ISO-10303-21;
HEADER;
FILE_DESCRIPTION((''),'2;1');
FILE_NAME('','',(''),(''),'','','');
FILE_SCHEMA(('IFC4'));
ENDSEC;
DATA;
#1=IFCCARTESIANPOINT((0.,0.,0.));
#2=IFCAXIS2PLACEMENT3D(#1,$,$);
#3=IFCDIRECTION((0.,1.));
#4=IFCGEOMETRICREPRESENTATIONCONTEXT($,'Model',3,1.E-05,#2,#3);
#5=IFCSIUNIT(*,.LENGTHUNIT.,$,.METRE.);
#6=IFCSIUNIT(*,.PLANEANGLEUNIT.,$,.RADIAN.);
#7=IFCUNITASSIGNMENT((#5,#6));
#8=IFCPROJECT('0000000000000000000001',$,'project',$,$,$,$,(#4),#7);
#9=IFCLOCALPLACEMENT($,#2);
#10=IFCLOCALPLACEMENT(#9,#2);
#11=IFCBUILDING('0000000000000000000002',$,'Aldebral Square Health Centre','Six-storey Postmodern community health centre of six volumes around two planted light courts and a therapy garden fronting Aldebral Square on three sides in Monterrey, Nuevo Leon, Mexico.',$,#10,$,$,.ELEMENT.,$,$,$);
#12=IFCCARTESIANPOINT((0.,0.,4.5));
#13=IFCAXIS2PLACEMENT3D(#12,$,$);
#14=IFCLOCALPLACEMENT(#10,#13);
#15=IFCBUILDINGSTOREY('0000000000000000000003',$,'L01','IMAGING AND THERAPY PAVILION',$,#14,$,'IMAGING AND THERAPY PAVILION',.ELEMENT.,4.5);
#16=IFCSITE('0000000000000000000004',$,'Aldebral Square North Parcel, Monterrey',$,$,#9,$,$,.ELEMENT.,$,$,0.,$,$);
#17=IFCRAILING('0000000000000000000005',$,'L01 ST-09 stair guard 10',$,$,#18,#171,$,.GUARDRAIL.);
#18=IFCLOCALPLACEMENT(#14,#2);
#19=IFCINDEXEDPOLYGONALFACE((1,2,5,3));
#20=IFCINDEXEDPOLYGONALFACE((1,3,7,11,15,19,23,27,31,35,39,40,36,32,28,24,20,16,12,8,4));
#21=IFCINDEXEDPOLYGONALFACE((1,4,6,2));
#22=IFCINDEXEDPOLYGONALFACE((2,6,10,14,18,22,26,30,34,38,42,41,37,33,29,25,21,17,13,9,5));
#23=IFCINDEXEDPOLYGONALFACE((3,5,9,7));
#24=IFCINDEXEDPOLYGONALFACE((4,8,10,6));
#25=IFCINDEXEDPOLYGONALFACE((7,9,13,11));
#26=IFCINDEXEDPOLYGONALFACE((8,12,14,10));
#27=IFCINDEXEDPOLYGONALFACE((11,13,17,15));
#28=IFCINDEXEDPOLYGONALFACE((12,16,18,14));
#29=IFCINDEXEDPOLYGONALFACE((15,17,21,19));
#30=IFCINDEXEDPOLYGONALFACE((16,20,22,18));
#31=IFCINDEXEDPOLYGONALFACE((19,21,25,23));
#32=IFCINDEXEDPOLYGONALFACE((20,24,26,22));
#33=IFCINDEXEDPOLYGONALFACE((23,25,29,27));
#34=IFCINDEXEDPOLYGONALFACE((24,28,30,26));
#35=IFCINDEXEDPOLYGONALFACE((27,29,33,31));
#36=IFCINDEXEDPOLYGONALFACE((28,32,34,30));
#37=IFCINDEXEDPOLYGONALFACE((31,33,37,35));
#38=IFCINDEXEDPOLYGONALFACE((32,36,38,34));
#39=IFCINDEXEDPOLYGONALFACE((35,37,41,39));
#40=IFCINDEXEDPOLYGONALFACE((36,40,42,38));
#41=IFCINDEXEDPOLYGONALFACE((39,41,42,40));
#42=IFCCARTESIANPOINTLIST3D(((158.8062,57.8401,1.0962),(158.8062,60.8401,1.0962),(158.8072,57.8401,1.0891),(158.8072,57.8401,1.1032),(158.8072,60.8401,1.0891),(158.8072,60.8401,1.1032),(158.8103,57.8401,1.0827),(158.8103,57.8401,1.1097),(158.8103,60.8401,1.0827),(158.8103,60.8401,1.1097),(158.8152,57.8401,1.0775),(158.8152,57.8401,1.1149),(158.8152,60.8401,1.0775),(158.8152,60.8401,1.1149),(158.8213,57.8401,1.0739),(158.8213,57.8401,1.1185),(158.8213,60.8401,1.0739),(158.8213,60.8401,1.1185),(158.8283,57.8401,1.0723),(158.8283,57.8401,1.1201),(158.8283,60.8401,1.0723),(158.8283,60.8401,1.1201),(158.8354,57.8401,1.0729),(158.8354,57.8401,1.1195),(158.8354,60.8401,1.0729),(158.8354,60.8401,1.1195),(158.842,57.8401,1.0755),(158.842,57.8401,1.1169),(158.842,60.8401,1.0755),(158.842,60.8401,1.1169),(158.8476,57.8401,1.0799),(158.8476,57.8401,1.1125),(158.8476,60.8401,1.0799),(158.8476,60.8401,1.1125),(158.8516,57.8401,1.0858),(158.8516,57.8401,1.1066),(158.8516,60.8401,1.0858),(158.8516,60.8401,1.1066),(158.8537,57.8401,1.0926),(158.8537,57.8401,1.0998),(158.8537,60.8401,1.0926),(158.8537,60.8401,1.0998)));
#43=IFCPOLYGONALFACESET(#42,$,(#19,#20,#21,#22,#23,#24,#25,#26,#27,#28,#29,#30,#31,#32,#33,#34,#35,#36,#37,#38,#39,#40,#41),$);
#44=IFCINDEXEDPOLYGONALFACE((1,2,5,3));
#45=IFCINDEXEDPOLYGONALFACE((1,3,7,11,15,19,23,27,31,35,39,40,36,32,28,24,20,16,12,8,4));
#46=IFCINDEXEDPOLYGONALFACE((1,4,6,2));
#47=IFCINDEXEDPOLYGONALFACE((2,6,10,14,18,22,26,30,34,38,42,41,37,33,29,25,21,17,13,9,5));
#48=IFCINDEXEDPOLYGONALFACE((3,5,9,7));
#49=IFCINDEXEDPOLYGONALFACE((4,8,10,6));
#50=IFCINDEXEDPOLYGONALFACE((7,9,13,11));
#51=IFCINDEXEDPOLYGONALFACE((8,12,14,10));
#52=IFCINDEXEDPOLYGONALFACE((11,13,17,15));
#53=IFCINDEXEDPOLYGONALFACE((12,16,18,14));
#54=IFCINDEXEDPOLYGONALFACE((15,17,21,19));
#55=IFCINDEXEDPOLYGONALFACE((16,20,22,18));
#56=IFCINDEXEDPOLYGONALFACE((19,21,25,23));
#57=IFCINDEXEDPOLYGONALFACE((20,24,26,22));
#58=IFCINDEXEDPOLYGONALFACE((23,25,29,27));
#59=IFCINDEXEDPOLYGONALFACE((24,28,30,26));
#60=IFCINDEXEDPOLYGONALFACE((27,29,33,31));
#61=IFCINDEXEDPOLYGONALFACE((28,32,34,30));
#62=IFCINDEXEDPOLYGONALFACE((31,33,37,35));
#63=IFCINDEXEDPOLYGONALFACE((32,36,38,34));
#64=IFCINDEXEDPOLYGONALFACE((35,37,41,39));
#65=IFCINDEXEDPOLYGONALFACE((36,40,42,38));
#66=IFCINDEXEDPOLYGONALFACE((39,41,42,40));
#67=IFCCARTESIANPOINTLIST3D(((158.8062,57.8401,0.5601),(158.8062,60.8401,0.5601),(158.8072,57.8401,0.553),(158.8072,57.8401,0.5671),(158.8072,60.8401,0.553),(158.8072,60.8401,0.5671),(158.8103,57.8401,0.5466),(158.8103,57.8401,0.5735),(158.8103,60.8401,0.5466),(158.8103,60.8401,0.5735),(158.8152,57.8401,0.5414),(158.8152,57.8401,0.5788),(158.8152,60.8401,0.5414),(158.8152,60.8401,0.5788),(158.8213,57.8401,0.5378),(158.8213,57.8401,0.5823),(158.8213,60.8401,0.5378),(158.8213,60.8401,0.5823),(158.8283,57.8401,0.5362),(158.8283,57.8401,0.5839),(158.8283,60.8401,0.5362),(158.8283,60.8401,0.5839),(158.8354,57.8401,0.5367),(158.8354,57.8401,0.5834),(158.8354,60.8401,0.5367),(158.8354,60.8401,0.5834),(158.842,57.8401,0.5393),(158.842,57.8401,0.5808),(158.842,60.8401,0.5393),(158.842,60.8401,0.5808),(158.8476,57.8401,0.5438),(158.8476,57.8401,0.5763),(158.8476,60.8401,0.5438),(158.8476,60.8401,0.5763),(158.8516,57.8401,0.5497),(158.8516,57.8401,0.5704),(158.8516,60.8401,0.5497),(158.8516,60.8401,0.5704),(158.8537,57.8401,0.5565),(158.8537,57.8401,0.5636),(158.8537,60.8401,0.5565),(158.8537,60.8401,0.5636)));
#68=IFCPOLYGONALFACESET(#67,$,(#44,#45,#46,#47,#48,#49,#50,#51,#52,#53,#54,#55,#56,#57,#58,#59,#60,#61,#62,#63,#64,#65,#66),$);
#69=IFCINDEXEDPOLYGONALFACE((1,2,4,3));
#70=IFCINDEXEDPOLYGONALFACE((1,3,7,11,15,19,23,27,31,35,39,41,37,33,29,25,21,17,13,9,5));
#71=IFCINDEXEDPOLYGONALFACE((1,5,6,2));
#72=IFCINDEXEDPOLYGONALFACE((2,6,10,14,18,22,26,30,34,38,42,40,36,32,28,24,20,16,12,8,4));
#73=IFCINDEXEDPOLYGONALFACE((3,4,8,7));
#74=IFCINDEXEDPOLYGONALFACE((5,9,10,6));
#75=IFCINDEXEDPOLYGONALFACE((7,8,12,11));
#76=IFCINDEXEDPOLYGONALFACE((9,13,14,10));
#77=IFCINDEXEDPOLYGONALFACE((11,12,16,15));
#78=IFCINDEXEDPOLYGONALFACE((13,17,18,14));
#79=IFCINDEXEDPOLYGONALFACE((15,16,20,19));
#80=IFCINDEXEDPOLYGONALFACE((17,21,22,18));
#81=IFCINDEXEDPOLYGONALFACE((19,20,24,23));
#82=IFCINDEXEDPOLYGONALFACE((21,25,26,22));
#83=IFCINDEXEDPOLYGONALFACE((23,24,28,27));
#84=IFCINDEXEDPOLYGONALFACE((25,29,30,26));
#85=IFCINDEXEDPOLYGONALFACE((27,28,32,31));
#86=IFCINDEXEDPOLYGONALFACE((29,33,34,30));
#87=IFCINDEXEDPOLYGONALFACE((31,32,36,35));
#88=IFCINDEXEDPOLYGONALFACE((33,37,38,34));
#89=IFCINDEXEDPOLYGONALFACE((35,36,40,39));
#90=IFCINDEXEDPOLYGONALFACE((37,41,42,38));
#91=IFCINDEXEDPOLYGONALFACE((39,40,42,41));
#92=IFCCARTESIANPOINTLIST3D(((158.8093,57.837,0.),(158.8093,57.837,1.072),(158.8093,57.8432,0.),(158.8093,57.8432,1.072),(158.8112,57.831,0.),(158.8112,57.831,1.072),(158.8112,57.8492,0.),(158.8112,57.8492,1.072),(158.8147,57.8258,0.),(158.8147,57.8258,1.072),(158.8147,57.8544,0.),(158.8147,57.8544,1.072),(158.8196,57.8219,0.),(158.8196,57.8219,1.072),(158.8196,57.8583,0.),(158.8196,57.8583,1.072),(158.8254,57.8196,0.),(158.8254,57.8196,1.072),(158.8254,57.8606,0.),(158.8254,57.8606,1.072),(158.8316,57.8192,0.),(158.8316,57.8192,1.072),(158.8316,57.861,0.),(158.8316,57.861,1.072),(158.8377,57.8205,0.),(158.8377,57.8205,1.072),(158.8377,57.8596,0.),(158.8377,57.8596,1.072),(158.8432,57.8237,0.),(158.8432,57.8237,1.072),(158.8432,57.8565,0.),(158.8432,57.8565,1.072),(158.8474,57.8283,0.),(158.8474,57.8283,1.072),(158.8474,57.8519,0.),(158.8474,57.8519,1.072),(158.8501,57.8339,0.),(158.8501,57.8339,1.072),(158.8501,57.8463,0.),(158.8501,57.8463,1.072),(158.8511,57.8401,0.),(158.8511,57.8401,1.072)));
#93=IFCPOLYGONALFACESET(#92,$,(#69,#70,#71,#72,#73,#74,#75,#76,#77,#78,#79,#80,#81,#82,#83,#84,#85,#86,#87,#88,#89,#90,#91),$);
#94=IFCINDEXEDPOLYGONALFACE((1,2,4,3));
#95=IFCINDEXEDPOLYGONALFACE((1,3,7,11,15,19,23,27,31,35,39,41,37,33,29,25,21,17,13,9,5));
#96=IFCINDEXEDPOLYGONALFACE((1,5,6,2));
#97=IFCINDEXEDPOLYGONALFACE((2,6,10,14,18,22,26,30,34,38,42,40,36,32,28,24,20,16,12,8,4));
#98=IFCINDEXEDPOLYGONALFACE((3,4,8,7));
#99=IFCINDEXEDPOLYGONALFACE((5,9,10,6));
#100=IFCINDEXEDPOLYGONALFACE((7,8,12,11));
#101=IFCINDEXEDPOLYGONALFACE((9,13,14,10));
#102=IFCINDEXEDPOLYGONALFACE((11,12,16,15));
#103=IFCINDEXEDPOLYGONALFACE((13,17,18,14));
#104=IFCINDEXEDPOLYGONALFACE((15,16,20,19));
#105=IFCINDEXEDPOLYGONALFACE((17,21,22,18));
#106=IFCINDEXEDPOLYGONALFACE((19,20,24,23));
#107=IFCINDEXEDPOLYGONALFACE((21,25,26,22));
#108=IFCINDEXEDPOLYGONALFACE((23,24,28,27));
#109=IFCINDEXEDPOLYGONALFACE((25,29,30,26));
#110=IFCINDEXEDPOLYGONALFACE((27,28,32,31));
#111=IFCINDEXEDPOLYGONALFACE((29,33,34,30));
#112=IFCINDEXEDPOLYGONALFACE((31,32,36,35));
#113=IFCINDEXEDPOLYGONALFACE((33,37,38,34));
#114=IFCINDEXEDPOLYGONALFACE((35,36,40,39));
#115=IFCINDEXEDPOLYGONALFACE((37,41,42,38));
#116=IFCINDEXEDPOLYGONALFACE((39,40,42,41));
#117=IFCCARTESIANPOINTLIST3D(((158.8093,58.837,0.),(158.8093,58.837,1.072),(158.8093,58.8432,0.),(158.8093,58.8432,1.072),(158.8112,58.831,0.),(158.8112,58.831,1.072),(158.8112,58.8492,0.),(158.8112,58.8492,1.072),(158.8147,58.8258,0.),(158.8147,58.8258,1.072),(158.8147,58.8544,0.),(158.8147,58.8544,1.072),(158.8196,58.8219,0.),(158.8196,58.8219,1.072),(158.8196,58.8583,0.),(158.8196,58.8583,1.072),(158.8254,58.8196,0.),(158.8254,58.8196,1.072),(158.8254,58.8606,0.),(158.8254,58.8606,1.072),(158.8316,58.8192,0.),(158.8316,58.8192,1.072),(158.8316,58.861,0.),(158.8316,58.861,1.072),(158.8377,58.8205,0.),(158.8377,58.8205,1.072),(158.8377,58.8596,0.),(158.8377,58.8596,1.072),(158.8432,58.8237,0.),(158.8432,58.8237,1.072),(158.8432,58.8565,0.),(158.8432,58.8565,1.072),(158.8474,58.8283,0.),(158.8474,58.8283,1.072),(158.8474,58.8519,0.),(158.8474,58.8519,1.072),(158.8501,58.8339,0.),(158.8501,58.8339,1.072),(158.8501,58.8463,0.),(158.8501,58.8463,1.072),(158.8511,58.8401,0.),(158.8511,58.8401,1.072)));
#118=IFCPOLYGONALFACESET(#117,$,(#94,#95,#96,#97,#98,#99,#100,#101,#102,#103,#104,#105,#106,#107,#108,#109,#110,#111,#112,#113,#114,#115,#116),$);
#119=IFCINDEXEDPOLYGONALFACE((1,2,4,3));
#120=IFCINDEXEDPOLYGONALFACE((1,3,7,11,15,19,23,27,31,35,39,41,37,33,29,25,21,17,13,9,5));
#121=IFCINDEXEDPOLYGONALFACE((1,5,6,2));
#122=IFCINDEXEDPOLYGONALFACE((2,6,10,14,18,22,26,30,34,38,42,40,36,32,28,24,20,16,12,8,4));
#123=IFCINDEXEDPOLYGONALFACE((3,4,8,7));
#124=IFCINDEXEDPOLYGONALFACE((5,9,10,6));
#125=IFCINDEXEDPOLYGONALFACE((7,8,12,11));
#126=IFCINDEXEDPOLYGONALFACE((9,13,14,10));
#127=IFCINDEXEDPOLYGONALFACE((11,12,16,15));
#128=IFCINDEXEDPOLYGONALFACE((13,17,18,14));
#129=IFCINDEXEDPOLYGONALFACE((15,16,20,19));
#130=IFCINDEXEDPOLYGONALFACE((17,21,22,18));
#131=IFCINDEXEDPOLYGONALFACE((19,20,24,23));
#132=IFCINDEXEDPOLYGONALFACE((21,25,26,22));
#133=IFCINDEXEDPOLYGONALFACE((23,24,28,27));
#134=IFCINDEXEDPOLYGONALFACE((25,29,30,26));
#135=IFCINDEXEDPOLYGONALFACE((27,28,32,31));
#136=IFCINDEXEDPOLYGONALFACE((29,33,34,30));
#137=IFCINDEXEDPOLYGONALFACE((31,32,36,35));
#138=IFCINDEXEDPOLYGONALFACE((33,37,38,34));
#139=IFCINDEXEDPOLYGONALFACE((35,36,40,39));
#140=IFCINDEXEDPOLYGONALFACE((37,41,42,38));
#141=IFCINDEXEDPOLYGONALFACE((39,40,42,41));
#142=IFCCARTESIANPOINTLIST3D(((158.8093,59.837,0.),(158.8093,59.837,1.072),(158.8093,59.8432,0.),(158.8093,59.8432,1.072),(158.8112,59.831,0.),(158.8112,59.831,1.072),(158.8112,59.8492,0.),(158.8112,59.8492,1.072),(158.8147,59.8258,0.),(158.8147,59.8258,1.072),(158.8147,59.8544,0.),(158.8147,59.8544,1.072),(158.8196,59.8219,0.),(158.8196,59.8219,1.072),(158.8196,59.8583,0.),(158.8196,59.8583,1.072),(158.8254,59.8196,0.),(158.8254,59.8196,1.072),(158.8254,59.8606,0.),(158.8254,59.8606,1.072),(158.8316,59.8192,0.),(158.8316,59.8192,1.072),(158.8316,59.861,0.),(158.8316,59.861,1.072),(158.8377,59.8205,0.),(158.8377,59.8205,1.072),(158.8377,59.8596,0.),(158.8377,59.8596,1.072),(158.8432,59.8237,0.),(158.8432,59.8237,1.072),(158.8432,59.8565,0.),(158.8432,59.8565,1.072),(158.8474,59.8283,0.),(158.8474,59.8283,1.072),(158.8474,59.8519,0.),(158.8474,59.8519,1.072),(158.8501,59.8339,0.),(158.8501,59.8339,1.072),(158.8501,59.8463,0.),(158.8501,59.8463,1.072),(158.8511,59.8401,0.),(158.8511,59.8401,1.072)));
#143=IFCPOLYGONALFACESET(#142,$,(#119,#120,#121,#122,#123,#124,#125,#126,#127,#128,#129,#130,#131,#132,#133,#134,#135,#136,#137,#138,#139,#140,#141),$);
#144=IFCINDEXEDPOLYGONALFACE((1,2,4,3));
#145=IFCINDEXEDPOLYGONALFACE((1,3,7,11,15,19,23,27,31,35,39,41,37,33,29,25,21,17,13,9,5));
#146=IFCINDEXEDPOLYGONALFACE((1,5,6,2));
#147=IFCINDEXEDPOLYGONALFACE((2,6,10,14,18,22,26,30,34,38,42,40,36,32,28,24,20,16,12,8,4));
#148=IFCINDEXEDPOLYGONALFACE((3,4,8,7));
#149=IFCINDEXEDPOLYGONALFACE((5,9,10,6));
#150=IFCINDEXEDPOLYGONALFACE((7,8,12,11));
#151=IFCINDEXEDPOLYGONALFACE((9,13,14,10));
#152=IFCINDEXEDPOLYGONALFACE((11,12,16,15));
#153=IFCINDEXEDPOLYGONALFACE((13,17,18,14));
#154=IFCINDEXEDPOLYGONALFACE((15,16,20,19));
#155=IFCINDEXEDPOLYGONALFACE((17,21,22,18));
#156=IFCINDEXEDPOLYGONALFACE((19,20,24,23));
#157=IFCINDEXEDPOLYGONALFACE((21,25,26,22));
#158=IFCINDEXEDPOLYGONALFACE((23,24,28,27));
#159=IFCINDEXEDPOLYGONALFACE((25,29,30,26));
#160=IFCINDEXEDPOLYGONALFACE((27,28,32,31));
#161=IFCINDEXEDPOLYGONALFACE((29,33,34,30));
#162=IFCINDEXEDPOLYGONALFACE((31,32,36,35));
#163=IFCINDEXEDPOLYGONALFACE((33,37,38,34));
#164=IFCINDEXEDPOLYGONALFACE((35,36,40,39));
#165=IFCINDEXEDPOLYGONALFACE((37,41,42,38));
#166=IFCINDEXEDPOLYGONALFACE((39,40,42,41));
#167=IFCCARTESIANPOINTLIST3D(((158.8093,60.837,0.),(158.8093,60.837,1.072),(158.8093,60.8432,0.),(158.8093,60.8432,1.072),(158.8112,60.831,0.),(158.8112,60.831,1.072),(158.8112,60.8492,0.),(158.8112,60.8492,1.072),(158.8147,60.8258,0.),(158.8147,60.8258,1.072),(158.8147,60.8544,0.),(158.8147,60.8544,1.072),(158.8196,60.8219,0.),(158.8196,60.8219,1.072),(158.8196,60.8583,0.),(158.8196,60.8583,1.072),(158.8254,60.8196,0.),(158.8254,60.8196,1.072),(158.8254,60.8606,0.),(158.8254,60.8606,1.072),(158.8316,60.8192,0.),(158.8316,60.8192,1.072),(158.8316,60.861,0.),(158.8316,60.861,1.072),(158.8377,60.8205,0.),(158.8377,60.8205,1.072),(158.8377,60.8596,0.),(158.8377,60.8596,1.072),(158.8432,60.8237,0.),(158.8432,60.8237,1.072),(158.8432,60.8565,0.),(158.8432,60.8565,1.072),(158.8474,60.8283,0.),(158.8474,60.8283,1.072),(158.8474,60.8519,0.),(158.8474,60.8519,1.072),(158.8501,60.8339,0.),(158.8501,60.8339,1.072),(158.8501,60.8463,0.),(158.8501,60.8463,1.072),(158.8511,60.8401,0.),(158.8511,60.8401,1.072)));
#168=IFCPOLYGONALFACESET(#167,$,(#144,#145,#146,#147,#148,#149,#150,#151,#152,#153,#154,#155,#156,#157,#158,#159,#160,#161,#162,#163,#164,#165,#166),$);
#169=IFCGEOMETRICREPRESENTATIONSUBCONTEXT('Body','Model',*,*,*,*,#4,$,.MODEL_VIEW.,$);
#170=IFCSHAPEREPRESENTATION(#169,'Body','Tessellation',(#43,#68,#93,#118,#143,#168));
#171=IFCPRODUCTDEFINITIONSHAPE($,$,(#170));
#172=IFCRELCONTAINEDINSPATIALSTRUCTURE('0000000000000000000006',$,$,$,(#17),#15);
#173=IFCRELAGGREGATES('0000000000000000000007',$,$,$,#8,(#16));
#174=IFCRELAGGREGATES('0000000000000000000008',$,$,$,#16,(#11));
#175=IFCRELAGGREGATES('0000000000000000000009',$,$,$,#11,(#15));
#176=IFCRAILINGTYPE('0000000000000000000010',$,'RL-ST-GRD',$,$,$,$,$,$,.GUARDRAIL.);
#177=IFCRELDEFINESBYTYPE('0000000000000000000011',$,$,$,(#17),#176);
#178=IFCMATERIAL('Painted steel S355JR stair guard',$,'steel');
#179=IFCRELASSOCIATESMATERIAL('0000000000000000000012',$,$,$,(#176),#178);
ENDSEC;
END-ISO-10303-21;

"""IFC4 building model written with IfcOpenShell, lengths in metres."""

from ifc_helpers import new_model, si_unit, direction, frame, origin, origin_2d, place, context, subcontext, project, spatial, circle, extrude, material, type_object, element, save


model = new_model("IFC4")

# Units and contexts
model_context = context("Model", 3, precision=1e-05, world=origin(), true_north=direction((0.0, 1.0)))
body_context = subcontext(model_context, "Body", "Model", "MODEL_VIEW")
ifc_project = project(units=[si_unit("LENGTHUNIT", "METRE"), si_unit("PLANEANGLEUNIT", "RADIAN")], contexts=[model_context])

# Site, building, storey
site_placement = place(None, origin())
site = spatial("IfcSite", under=ifc_project, at=site_placement, Name="Aldebral Square North Parcel, Monterrey", CompositionType="ELEMENT", RefElevation=0.0)
building_placement = place(site_placement, origin())
building = spatial("IfcBuilding", under=site, at=building_placement, Name="Aldebral Square Health Centre", Description="Six-storey Postmodern community health centre of six volumes around two planted light courts and a therapy garden fronting Aldebral Square on three sides in Monterrey, Nuevo Leon, Mexico.", CompositionType="ELEMENT")
storey_placement = place(building_placement, frame((0.0, 0.0, 4.5)))
storey = spatial("IfcBuildingStorey", under=building, at=storey_placement, Name="L01", Description="IMAGING AND THERAPY PAVILION", LongName="IMAGING AND THERAPY PAVILION", CompositionType="ELEMENT", Elevation=4.5)

# Railing
ifc_material_1 = material(Name="Painted steel S355JR stair guard", Category="steel")
railing_type_1 = type_object("IfcRailingType", Name="RL-ST-GRD", PredefinedType="GUARDRAIL", material=ifc_material_1)
railing_1_placement = place(storey_placement, frame((158.8301, 57.8401, 0.0)))
element("IfcRailing", 1, at=railing_1_placement, inside=storey, type_object=railing_type_1, Name="L01 ST-09 stair guard 10", PredefinedType="GUARDRAIL", context=body_context, shape_type="SweptSolid", body=[
    extrude(circle(Radius=0.0239, at=origin_2d()), frame((0.0, 0.0, 1.0962), z_axis=(0.0, 1.0, 0.0), x_axis=(-1.0, 0.0, 0.0)), (0.0, 0.0, 1.0), 3.0),
    extrude(circle(Radius=0.0239, at=origin_2d()), frame((0.0, 0.0, 0.5601), z_axis=(0.0, 1.0, 0.0), x_axis=(-1.0, 0.0, 0.0)), (0.0, 0.0, 1.0), 3.0),
    extrude(circle(Radius=0.021, at=origin_2d()), origin(), (0.0, 0.0, 1.0), 1.072),
    extrude(circle(Radius=0.021, at=origin_2d()), frame((0.0, 1.0, 0.0)), (0.0, 0.0, 1.0), 1.072),
    extrude(circle(Radius=0.021, at=origin_2d()), frame((0.0, 2.0, 0.0)), (0.0, 0.0, 1.0), 1.072),
    extrude(circle(Radius=0.021, at=origin_2d()), frame((0.0, 3.0, 0.0)), (0.0, 0.0, 1.0), 1.072),
])

save(model, "model.ifc")
